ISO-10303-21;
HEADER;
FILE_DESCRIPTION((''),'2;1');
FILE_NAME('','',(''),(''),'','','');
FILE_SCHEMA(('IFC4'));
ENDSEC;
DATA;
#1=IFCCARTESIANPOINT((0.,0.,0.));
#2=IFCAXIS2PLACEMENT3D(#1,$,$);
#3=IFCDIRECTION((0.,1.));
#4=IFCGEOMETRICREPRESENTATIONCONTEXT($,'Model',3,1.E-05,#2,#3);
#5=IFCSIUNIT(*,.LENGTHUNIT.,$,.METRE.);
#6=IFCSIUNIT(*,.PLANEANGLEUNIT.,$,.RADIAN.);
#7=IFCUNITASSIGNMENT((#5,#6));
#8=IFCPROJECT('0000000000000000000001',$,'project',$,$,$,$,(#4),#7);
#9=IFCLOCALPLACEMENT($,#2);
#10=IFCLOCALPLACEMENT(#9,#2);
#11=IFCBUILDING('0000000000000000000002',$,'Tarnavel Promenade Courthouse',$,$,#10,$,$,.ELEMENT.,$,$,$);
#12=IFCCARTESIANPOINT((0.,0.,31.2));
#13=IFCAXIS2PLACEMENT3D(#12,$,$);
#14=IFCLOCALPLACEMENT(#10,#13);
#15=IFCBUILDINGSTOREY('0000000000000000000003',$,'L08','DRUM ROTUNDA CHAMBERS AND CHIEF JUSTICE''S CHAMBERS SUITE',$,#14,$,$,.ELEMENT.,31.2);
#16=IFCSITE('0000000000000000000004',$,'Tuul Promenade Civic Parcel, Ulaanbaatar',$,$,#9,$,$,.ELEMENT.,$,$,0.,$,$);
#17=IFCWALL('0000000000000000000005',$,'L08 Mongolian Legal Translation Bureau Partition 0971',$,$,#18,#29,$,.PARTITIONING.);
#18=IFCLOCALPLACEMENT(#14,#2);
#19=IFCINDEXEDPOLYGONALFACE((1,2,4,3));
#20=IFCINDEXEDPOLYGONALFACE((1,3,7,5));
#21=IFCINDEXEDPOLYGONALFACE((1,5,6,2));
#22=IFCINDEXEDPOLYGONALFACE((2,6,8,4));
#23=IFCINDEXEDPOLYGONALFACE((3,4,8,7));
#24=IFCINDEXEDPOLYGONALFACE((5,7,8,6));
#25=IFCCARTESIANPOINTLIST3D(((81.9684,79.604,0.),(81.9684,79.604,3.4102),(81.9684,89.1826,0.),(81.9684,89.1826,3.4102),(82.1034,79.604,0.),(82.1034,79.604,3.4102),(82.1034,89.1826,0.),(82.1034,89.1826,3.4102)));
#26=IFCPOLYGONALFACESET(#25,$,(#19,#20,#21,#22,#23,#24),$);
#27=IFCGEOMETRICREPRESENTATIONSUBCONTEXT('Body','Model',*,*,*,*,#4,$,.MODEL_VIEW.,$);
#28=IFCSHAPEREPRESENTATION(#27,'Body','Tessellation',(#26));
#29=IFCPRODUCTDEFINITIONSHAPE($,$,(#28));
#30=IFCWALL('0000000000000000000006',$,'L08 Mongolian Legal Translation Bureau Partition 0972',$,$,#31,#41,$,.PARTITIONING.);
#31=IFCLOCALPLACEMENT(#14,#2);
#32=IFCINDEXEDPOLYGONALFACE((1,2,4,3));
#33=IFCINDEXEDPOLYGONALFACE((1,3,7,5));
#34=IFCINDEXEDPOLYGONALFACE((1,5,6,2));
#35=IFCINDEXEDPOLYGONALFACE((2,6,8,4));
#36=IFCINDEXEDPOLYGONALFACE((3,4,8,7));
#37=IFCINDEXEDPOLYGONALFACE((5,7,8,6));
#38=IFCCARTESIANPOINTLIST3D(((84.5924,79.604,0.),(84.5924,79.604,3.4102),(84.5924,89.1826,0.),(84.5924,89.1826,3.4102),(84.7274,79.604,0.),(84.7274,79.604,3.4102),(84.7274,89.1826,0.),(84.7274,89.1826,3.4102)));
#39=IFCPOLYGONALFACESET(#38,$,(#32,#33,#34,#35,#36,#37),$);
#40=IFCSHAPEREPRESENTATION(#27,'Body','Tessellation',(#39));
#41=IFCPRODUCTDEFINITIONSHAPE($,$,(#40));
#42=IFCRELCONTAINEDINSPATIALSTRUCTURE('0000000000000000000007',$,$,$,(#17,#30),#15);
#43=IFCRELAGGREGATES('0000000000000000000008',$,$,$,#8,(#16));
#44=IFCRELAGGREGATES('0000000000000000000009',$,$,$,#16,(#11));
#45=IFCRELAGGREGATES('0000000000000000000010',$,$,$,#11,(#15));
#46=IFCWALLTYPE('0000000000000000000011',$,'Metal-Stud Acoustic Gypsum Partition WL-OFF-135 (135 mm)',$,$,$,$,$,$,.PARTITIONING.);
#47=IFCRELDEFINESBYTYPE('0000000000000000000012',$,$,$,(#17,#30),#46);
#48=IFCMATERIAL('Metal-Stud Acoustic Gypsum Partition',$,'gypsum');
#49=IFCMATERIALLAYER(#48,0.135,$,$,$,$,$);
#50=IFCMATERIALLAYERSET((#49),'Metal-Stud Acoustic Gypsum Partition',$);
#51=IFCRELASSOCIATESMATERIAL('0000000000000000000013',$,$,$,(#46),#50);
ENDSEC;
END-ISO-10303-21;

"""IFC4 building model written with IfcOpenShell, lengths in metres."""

from ifc_helpers import new_model, si_unit, direction, frame, frame_2d, origin, place, context, subcontext, project, spatial, rectangle, extrude, material, layer, layer_set, type_object, element, save


model = new_model("IFC4")

# Units and contexts
model_context = context("Model", 3, precision=1e-05, world=origin(), true_north=direction((0.0, 1.0)))
body_context = subcontext(model_context, "Body", "Model", "MODEL_VIEW")
ifc_project = project(units=[si_unit("LENGTHUNIT", "METRE"), si_unit("PLANEANGLEUNIT", "RADIAN")], contexts=[model_context])

# Site, building, storey
site_placement = place(None, origin())
site = spatial("IfcSite", under=ifc_project, at=site_placement, Name="Tuul Promenade Civic Parcel, Ulaanbaatar", CompositionType="ELEMENT", RefElevation=0.0)
building_placement = place(site_placement, origin())
building = spatial("IfcBuilding", under=site, at=building_placement, Name="Tarnavel Promenade Courthouse", CompositionType="ELEMENT")
storey_placement = place(building_placement, frame((0.0, 0.0, 31.2)))
storey = spatial("IfcBuildingStorey", under=building, at=storey_placement, Name="L08", Description="DRUM ROTUNDA CHAMBERS AND CHIEF JUSTICE'S CHAMBERS SUITE", CompositionType="ELEMENT", Elevation=31.2)

# Walls
ifc_material_1 = material(Name="Metal-Stud Acoustic Gypsum Partition", Category="gypsum")
ifc_layer_1 = layer(ifc_material_1, 0.135)
ifc_layer_set_1 = layer_set([ifc_layer_1], Name="Metal-Stud Acoustic Gypsum Partition")
wall_type_1 = type_object("IfcWallType", Name="Metal-Stud Acoustic Gypsum Partition WL-OFF-135 (135 mm)", PredefinedType="PARTITIONING", material=ifc_layer_set_1)
for number, where, z_axis, x_axis, name in (
    (1, (82.0359, 79.604, 0.0), (0.0, 0.0, 1.0), (0.0, 1.0, 0.0), "L08 Mongolian Legal Translation Bureau Partition 0971"),
    (2, (84.6599, 89.1826, 0.0), (0.0, 0.0, 1.0), (0.0, -1.0, 0.0), "L08 Mongolian Legal Translation Bureau Partition 0972"),
):
    element("IfcWall", number, at=place(storey_placement, frame(where, z_axis=z_axis, x_axis=x_axis)), inside=storey, type_object=wall_type_1, Name=name, PredefinedType="PARTITIONING", context=body_context, shape_type="SweptSolid", body=[
        extrude(rectangle(XDim=9.5786, YDim=0.135, at=frame_2d((4.7893, 0.0))), origin(), (0.0, 0.0, 1.0), 3.4102),
    ])

save(model, "model.ifc")
